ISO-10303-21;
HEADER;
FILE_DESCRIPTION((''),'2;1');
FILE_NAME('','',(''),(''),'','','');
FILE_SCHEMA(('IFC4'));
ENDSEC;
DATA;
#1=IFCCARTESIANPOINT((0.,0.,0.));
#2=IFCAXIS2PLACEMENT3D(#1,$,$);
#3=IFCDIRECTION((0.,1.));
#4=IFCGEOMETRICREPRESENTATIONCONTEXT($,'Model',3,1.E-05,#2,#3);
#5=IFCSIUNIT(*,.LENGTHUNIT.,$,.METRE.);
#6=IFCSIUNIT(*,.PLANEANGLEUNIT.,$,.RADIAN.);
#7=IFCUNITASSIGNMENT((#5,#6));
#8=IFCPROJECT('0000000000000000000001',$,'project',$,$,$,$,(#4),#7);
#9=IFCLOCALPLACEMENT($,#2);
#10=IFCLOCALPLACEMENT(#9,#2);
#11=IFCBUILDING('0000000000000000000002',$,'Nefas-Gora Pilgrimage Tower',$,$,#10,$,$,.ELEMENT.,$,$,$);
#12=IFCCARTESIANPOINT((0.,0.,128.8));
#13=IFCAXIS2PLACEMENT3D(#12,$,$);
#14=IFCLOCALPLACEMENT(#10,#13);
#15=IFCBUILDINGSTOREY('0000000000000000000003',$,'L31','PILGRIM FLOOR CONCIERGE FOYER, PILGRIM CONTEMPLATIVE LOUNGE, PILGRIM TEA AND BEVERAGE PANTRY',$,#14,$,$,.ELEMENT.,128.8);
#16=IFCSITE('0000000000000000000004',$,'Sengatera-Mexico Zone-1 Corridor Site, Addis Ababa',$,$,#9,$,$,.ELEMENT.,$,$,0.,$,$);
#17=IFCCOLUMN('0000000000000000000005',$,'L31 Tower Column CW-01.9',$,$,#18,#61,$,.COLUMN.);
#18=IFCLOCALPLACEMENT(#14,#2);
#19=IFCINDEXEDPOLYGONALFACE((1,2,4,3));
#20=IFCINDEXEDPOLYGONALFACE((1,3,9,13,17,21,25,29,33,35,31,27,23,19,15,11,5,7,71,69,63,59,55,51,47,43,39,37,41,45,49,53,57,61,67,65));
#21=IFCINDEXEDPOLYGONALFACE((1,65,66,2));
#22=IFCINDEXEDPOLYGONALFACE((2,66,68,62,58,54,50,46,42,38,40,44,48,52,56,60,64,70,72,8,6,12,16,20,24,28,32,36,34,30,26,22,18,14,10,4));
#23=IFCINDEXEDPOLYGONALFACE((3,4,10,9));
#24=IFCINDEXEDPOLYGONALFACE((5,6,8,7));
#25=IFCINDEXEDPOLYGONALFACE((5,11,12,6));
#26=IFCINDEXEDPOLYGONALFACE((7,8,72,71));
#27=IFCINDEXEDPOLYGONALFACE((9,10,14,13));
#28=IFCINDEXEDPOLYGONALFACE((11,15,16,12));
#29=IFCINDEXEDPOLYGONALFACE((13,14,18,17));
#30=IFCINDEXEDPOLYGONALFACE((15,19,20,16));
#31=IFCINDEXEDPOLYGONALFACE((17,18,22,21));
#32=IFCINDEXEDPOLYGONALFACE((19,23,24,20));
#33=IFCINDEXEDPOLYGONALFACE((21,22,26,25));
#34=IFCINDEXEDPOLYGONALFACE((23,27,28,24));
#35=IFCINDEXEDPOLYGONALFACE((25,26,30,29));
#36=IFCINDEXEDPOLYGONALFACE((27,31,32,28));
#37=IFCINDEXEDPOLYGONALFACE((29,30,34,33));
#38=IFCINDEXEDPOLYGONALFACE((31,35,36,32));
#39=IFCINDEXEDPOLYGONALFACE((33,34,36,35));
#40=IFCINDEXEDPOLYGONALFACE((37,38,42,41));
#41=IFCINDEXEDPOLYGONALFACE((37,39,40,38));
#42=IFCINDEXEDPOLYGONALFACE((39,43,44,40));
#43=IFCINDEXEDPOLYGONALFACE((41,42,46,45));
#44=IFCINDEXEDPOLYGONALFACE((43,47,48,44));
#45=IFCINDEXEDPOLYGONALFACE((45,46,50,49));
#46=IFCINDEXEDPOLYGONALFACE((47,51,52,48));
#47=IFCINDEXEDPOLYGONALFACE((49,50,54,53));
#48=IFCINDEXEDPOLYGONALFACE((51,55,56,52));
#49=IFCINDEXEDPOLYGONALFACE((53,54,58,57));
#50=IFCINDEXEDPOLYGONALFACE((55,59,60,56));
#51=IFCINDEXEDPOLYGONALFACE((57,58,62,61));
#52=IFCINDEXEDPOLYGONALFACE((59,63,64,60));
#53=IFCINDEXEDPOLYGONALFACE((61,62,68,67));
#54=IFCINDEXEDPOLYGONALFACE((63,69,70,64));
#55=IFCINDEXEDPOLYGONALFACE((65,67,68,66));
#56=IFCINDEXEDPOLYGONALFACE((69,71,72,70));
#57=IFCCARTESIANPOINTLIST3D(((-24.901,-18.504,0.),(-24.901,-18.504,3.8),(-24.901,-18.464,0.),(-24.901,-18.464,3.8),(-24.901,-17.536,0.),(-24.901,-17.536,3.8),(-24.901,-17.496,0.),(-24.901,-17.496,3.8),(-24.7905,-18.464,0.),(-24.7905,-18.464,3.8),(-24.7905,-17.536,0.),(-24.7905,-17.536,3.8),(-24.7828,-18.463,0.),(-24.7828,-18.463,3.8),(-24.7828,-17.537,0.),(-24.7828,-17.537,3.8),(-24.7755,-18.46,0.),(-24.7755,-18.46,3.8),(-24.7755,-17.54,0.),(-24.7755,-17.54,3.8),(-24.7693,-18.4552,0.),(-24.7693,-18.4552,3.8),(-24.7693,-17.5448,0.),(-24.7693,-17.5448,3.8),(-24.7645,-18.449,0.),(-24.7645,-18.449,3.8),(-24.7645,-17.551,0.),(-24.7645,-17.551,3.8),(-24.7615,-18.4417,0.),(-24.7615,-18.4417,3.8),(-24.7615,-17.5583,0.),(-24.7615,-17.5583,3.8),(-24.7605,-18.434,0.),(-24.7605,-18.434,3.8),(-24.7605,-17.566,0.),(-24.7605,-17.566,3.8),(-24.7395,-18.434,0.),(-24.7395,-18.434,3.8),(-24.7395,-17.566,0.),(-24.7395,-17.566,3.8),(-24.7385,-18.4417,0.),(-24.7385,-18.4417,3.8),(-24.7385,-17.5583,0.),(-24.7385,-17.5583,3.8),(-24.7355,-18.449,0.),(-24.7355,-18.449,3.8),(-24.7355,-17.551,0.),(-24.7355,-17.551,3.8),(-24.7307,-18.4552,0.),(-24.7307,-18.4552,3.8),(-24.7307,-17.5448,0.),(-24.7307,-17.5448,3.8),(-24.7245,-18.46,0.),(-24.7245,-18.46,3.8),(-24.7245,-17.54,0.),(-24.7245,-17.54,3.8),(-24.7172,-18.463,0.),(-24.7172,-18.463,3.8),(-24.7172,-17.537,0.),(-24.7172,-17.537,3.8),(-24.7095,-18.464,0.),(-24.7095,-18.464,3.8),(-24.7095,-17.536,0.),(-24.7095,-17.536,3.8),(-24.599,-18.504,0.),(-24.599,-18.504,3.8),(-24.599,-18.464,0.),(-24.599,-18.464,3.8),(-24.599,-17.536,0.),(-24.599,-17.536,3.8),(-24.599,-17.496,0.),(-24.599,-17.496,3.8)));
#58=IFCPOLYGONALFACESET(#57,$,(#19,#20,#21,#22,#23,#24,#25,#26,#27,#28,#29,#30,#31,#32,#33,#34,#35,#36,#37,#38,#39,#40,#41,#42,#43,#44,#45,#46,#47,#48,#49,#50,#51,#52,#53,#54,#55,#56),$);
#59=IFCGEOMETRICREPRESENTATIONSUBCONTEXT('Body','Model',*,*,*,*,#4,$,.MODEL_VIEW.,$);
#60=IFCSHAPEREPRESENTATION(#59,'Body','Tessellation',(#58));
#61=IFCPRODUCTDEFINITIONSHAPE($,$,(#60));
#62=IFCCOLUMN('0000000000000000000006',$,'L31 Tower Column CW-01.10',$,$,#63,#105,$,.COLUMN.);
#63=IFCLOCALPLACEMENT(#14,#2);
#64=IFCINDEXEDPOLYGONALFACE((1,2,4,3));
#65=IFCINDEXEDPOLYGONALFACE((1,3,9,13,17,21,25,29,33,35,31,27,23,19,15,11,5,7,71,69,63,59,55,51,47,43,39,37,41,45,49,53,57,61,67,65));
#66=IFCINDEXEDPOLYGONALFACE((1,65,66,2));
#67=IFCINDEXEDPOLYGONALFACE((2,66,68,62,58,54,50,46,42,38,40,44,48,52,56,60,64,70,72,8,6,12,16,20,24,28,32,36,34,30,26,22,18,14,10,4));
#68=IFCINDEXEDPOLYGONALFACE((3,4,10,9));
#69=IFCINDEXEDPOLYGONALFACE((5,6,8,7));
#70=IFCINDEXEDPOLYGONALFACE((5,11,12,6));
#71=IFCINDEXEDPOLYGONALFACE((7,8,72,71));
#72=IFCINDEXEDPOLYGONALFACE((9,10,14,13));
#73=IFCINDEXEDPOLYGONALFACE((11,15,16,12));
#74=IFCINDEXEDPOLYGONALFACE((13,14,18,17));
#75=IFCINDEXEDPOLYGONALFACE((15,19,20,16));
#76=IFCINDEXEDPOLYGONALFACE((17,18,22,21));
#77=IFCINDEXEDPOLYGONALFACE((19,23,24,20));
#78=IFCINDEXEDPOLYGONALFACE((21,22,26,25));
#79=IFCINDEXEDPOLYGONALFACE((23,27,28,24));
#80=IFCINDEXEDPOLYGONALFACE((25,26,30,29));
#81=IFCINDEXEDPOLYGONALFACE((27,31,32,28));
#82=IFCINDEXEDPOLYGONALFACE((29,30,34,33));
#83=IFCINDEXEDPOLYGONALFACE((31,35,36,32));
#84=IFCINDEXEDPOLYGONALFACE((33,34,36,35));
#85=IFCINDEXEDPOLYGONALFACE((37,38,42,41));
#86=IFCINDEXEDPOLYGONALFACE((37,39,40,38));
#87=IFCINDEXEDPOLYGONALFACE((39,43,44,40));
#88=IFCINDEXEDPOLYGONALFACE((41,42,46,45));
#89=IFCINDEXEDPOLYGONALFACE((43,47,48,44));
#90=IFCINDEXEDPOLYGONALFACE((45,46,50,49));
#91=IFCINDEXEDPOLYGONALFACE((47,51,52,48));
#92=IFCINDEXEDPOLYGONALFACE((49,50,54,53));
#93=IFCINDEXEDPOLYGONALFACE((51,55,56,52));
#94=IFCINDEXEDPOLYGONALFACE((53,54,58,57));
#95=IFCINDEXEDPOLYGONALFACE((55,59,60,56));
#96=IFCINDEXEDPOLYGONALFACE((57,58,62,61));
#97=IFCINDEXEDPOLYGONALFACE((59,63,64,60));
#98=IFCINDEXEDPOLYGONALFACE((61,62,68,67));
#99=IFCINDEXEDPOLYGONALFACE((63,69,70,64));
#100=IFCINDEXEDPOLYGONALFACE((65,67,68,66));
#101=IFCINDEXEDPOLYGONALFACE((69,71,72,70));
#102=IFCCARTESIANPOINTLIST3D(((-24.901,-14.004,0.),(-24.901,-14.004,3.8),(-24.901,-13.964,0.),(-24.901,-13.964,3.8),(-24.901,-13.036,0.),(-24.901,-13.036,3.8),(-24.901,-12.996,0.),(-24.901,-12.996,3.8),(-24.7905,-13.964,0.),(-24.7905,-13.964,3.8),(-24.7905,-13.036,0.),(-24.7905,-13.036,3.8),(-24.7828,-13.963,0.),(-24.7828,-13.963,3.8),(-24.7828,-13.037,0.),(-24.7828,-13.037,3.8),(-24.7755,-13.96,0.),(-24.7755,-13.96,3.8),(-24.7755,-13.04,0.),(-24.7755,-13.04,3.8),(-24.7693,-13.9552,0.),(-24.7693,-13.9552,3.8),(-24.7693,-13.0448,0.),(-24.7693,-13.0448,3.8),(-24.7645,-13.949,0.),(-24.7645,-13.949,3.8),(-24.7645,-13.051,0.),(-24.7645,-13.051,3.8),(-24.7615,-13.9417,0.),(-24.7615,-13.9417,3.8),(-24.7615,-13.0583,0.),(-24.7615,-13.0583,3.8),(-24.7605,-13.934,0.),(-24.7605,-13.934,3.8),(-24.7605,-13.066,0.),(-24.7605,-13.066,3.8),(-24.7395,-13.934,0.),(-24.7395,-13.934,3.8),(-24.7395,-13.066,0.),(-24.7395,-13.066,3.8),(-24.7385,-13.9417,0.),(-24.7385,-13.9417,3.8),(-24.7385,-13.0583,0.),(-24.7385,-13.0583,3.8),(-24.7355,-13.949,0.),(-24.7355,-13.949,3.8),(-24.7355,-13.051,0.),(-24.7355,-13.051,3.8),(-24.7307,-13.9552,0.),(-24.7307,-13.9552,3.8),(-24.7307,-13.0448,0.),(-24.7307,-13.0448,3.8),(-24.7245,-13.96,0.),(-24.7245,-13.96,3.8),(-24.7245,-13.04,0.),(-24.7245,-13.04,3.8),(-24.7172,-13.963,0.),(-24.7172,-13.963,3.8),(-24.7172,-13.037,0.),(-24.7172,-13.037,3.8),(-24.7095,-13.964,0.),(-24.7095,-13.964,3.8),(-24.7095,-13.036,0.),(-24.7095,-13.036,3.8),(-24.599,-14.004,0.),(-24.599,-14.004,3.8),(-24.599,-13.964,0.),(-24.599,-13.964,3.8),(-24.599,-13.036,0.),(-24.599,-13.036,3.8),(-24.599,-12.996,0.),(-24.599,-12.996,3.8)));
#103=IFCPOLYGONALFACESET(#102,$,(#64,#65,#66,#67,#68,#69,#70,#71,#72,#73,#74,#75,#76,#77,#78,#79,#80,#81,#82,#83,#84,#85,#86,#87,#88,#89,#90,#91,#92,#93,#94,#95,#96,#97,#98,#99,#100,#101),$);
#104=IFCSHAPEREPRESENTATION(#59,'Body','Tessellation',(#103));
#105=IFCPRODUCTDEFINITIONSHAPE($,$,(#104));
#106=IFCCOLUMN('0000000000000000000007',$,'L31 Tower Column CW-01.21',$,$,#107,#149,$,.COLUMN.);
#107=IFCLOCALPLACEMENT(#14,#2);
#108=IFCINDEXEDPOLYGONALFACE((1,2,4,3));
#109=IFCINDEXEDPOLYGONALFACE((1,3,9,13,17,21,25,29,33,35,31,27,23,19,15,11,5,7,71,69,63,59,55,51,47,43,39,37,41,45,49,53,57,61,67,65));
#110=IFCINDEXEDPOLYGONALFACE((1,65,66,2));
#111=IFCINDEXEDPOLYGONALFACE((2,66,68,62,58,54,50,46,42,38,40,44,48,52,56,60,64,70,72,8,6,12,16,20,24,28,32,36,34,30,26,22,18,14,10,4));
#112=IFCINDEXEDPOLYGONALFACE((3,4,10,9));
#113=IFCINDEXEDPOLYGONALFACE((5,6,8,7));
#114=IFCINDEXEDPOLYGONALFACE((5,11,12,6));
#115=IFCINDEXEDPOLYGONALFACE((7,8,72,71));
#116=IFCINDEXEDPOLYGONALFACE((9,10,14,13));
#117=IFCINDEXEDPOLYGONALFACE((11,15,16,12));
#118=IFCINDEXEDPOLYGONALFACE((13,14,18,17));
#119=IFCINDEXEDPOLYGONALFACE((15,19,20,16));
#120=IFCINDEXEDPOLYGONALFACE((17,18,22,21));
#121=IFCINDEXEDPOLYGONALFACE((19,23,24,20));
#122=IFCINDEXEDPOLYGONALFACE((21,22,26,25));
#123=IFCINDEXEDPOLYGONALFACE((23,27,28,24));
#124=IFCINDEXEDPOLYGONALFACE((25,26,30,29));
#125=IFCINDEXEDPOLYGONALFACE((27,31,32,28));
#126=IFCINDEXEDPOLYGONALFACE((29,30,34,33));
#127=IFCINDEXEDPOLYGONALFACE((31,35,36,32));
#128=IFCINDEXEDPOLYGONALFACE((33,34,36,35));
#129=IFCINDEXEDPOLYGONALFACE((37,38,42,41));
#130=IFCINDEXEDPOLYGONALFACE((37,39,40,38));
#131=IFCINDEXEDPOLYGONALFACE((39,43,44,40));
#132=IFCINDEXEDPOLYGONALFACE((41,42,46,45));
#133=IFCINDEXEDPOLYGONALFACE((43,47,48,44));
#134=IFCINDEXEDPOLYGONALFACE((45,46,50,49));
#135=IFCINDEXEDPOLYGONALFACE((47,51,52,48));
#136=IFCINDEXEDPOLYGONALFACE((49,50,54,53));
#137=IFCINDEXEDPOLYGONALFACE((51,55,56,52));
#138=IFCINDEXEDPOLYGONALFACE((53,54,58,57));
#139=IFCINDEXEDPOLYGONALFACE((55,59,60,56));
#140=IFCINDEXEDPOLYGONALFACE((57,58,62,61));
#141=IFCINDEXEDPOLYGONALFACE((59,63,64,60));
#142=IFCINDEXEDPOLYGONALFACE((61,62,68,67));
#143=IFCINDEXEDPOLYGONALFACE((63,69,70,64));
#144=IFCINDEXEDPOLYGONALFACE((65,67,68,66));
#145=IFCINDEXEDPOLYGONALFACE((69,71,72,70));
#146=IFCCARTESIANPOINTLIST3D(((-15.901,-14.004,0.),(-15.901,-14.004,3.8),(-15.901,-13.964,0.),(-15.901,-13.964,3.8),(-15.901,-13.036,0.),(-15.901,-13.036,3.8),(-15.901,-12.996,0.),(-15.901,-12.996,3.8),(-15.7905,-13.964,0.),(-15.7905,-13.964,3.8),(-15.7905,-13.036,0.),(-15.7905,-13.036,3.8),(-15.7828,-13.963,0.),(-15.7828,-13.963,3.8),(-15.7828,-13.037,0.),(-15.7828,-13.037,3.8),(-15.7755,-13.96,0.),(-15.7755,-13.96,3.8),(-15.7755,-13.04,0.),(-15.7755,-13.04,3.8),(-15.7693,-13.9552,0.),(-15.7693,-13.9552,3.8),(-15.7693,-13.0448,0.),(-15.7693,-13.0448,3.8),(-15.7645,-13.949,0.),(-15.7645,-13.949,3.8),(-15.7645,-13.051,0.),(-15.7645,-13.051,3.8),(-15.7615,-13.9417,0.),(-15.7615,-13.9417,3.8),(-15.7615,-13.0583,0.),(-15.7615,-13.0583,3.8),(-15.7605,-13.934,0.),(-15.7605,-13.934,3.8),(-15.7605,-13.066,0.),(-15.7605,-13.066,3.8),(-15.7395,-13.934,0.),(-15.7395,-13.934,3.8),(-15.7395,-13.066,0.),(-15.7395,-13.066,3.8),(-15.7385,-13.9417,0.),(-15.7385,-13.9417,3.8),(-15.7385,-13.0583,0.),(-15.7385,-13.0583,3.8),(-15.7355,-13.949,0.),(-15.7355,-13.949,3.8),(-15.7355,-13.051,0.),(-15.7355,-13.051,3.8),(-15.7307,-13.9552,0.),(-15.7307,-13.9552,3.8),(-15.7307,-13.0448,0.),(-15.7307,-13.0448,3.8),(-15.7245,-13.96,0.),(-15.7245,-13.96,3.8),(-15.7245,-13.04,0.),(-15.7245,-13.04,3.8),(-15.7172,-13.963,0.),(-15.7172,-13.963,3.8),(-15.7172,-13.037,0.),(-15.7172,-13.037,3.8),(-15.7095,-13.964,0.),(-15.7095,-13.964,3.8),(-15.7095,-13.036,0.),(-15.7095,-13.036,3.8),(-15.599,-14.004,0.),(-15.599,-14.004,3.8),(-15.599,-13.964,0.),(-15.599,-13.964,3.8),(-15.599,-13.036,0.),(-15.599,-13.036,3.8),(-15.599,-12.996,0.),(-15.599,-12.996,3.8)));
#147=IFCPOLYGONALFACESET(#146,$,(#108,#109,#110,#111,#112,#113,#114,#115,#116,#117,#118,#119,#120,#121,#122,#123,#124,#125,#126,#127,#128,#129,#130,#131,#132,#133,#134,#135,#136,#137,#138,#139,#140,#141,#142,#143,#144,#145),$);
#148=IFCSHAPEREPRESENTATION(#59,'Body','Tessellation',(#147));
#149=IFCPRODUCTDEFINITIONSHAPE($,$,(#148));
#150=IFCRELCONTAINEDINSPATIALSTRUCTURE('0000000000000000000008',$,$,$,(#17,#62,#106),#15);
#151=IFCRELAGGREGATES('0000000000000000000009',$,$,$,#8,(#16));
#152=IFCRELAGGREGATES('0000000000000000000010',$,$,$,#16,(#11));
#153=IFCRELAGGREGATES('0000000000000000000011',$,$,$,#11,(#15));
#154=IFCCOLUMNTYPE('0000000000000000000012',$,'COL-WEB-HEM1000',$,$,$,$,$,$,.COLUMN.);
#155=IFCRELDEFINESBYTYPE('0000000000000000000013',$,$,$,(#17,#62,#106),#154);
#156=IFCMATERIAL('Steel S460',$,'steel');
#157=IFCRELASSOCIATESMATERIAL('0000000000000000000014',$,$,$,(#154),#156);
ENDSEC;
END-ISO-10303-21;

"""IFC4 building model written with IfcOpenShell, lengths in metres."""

from ifc_helpers import new_model, si_unit, direction, frame, origin, origin_2d, place, context, subcontext, project, spatial, i_section, extrude, source, transform, mapped, material, material_profile, profile_set, type_object, element, save


model = new_model("IFC4")

# Units and contexts
model_context = context("Model", 3, precision=1e-05, world=origin(), true_north=direction((0.0, 1.0)))
body_context = subcontext(model_context, "Body", "Model", "MODEL_VIEW")
ifc_project = project(units=[si_unit("LENGTHUNIT", "METRE"), si_unit("PLANEANGLEUNIT", "RADIAN")], contexts=[model_context])

# Site, building, storey
site_placement = place(None, origin())
site = spatial("IfcSite", under=ifc_project, at=site_placement, Name="Sengatera-Mexico Zone-1 Corridor Site, Addis Ababa", CompositionType="ELEMENT", RefElevation=0.0)
building_placement = place(site_placement, origin())
building = spatial("IfcBuilding", under=site, at=building_placement, Name="Nefas-Gora Pilgrimage Tower", CompositionType="ELEMENT")
storey_placement = place(building_placement, frame((0.0, 0.0, 128.8)))
storey = spatial("IfcBuildingStorey", under=building, at=storey_placement, Name="L31", Description="PILGRIM FLOOR CONCIERGE FOYER, PILGRIM CONTEMPLATIVE LOUNGE, PILGRIM TEA AND BEVERAGE PANTRY", CompositionType="ELEMENT", Elevation=128.8)

# Columns
ifc_material_1 = material(Name="Steel S460", Category="steel")
ifc_material_profile_1 = material_profile(ifc_material_1, i_section(OverallWidth=0.302, OverallDepth=1.0081, WebThickness=0.021, FlangeThickness=0.04, FilletRadius=0.03, at=origin_2d()), Name="HEM 1000")
ifc_profile_set_1 = profile_set([ifc_material_profile_1], Name="Steel S460")
column_type_1 = type_object("IfcColumnType", Name="COL-WEB-HEM1000", PredefinedType="COLUMN", material=ifc_profile_set_1)
shared_shape_1 = source(origin(), body_context, "Body", "SweptSolid", [
    extrude(i_section(OverallWidth=0.302, OverallDepth=1.0081, WebThickness=0.021, FlangeThickness=0.04, FilletRadius=0.03, at=origin_2d()), origin(), (0.0, 0.0, 1.0), 3.8),
])
for number, where, z_axis, x_axis, name in (
    (1, (-24.75, -18.0, 0.0), (0.0, 0.0, 1.0), (1.0, 0.0, 0.0), "L31 Tower Column CW-01.9"),
    (2, (-24.75, -13.5, 0.0), (0.0, 0.0, 1.0), (1.0, 0.0, 0.0), "L31 Tower Column CW-01.10"),
    (3, (-15.75, -13.5, 0.0), (0.0, 0.0, 1.0), (1.0, 0.0, 0.0), "L31 Tower Column CW-01.21"),
):
    element("IfcColumn", number, at=place(storey_placement, frame(where, z_axis=z_axis, x_axis=x_axis)), inside=storey, type_object=column_type_1, Name=name, PredefinedType="COLUMN", context=body_context, shape_type="MappedRepresentation", body=[
        mapped(shared_shape_1, transform((0.0, 0.0, 0.0), x_axis=(1.0, 0.0, 0.0), y_axis=(0.0, 1.0, 0.0), z_axis=(0.0, 0.0, 1.0), scale=1.0)),
    ])

save(model, "model.ifc")
